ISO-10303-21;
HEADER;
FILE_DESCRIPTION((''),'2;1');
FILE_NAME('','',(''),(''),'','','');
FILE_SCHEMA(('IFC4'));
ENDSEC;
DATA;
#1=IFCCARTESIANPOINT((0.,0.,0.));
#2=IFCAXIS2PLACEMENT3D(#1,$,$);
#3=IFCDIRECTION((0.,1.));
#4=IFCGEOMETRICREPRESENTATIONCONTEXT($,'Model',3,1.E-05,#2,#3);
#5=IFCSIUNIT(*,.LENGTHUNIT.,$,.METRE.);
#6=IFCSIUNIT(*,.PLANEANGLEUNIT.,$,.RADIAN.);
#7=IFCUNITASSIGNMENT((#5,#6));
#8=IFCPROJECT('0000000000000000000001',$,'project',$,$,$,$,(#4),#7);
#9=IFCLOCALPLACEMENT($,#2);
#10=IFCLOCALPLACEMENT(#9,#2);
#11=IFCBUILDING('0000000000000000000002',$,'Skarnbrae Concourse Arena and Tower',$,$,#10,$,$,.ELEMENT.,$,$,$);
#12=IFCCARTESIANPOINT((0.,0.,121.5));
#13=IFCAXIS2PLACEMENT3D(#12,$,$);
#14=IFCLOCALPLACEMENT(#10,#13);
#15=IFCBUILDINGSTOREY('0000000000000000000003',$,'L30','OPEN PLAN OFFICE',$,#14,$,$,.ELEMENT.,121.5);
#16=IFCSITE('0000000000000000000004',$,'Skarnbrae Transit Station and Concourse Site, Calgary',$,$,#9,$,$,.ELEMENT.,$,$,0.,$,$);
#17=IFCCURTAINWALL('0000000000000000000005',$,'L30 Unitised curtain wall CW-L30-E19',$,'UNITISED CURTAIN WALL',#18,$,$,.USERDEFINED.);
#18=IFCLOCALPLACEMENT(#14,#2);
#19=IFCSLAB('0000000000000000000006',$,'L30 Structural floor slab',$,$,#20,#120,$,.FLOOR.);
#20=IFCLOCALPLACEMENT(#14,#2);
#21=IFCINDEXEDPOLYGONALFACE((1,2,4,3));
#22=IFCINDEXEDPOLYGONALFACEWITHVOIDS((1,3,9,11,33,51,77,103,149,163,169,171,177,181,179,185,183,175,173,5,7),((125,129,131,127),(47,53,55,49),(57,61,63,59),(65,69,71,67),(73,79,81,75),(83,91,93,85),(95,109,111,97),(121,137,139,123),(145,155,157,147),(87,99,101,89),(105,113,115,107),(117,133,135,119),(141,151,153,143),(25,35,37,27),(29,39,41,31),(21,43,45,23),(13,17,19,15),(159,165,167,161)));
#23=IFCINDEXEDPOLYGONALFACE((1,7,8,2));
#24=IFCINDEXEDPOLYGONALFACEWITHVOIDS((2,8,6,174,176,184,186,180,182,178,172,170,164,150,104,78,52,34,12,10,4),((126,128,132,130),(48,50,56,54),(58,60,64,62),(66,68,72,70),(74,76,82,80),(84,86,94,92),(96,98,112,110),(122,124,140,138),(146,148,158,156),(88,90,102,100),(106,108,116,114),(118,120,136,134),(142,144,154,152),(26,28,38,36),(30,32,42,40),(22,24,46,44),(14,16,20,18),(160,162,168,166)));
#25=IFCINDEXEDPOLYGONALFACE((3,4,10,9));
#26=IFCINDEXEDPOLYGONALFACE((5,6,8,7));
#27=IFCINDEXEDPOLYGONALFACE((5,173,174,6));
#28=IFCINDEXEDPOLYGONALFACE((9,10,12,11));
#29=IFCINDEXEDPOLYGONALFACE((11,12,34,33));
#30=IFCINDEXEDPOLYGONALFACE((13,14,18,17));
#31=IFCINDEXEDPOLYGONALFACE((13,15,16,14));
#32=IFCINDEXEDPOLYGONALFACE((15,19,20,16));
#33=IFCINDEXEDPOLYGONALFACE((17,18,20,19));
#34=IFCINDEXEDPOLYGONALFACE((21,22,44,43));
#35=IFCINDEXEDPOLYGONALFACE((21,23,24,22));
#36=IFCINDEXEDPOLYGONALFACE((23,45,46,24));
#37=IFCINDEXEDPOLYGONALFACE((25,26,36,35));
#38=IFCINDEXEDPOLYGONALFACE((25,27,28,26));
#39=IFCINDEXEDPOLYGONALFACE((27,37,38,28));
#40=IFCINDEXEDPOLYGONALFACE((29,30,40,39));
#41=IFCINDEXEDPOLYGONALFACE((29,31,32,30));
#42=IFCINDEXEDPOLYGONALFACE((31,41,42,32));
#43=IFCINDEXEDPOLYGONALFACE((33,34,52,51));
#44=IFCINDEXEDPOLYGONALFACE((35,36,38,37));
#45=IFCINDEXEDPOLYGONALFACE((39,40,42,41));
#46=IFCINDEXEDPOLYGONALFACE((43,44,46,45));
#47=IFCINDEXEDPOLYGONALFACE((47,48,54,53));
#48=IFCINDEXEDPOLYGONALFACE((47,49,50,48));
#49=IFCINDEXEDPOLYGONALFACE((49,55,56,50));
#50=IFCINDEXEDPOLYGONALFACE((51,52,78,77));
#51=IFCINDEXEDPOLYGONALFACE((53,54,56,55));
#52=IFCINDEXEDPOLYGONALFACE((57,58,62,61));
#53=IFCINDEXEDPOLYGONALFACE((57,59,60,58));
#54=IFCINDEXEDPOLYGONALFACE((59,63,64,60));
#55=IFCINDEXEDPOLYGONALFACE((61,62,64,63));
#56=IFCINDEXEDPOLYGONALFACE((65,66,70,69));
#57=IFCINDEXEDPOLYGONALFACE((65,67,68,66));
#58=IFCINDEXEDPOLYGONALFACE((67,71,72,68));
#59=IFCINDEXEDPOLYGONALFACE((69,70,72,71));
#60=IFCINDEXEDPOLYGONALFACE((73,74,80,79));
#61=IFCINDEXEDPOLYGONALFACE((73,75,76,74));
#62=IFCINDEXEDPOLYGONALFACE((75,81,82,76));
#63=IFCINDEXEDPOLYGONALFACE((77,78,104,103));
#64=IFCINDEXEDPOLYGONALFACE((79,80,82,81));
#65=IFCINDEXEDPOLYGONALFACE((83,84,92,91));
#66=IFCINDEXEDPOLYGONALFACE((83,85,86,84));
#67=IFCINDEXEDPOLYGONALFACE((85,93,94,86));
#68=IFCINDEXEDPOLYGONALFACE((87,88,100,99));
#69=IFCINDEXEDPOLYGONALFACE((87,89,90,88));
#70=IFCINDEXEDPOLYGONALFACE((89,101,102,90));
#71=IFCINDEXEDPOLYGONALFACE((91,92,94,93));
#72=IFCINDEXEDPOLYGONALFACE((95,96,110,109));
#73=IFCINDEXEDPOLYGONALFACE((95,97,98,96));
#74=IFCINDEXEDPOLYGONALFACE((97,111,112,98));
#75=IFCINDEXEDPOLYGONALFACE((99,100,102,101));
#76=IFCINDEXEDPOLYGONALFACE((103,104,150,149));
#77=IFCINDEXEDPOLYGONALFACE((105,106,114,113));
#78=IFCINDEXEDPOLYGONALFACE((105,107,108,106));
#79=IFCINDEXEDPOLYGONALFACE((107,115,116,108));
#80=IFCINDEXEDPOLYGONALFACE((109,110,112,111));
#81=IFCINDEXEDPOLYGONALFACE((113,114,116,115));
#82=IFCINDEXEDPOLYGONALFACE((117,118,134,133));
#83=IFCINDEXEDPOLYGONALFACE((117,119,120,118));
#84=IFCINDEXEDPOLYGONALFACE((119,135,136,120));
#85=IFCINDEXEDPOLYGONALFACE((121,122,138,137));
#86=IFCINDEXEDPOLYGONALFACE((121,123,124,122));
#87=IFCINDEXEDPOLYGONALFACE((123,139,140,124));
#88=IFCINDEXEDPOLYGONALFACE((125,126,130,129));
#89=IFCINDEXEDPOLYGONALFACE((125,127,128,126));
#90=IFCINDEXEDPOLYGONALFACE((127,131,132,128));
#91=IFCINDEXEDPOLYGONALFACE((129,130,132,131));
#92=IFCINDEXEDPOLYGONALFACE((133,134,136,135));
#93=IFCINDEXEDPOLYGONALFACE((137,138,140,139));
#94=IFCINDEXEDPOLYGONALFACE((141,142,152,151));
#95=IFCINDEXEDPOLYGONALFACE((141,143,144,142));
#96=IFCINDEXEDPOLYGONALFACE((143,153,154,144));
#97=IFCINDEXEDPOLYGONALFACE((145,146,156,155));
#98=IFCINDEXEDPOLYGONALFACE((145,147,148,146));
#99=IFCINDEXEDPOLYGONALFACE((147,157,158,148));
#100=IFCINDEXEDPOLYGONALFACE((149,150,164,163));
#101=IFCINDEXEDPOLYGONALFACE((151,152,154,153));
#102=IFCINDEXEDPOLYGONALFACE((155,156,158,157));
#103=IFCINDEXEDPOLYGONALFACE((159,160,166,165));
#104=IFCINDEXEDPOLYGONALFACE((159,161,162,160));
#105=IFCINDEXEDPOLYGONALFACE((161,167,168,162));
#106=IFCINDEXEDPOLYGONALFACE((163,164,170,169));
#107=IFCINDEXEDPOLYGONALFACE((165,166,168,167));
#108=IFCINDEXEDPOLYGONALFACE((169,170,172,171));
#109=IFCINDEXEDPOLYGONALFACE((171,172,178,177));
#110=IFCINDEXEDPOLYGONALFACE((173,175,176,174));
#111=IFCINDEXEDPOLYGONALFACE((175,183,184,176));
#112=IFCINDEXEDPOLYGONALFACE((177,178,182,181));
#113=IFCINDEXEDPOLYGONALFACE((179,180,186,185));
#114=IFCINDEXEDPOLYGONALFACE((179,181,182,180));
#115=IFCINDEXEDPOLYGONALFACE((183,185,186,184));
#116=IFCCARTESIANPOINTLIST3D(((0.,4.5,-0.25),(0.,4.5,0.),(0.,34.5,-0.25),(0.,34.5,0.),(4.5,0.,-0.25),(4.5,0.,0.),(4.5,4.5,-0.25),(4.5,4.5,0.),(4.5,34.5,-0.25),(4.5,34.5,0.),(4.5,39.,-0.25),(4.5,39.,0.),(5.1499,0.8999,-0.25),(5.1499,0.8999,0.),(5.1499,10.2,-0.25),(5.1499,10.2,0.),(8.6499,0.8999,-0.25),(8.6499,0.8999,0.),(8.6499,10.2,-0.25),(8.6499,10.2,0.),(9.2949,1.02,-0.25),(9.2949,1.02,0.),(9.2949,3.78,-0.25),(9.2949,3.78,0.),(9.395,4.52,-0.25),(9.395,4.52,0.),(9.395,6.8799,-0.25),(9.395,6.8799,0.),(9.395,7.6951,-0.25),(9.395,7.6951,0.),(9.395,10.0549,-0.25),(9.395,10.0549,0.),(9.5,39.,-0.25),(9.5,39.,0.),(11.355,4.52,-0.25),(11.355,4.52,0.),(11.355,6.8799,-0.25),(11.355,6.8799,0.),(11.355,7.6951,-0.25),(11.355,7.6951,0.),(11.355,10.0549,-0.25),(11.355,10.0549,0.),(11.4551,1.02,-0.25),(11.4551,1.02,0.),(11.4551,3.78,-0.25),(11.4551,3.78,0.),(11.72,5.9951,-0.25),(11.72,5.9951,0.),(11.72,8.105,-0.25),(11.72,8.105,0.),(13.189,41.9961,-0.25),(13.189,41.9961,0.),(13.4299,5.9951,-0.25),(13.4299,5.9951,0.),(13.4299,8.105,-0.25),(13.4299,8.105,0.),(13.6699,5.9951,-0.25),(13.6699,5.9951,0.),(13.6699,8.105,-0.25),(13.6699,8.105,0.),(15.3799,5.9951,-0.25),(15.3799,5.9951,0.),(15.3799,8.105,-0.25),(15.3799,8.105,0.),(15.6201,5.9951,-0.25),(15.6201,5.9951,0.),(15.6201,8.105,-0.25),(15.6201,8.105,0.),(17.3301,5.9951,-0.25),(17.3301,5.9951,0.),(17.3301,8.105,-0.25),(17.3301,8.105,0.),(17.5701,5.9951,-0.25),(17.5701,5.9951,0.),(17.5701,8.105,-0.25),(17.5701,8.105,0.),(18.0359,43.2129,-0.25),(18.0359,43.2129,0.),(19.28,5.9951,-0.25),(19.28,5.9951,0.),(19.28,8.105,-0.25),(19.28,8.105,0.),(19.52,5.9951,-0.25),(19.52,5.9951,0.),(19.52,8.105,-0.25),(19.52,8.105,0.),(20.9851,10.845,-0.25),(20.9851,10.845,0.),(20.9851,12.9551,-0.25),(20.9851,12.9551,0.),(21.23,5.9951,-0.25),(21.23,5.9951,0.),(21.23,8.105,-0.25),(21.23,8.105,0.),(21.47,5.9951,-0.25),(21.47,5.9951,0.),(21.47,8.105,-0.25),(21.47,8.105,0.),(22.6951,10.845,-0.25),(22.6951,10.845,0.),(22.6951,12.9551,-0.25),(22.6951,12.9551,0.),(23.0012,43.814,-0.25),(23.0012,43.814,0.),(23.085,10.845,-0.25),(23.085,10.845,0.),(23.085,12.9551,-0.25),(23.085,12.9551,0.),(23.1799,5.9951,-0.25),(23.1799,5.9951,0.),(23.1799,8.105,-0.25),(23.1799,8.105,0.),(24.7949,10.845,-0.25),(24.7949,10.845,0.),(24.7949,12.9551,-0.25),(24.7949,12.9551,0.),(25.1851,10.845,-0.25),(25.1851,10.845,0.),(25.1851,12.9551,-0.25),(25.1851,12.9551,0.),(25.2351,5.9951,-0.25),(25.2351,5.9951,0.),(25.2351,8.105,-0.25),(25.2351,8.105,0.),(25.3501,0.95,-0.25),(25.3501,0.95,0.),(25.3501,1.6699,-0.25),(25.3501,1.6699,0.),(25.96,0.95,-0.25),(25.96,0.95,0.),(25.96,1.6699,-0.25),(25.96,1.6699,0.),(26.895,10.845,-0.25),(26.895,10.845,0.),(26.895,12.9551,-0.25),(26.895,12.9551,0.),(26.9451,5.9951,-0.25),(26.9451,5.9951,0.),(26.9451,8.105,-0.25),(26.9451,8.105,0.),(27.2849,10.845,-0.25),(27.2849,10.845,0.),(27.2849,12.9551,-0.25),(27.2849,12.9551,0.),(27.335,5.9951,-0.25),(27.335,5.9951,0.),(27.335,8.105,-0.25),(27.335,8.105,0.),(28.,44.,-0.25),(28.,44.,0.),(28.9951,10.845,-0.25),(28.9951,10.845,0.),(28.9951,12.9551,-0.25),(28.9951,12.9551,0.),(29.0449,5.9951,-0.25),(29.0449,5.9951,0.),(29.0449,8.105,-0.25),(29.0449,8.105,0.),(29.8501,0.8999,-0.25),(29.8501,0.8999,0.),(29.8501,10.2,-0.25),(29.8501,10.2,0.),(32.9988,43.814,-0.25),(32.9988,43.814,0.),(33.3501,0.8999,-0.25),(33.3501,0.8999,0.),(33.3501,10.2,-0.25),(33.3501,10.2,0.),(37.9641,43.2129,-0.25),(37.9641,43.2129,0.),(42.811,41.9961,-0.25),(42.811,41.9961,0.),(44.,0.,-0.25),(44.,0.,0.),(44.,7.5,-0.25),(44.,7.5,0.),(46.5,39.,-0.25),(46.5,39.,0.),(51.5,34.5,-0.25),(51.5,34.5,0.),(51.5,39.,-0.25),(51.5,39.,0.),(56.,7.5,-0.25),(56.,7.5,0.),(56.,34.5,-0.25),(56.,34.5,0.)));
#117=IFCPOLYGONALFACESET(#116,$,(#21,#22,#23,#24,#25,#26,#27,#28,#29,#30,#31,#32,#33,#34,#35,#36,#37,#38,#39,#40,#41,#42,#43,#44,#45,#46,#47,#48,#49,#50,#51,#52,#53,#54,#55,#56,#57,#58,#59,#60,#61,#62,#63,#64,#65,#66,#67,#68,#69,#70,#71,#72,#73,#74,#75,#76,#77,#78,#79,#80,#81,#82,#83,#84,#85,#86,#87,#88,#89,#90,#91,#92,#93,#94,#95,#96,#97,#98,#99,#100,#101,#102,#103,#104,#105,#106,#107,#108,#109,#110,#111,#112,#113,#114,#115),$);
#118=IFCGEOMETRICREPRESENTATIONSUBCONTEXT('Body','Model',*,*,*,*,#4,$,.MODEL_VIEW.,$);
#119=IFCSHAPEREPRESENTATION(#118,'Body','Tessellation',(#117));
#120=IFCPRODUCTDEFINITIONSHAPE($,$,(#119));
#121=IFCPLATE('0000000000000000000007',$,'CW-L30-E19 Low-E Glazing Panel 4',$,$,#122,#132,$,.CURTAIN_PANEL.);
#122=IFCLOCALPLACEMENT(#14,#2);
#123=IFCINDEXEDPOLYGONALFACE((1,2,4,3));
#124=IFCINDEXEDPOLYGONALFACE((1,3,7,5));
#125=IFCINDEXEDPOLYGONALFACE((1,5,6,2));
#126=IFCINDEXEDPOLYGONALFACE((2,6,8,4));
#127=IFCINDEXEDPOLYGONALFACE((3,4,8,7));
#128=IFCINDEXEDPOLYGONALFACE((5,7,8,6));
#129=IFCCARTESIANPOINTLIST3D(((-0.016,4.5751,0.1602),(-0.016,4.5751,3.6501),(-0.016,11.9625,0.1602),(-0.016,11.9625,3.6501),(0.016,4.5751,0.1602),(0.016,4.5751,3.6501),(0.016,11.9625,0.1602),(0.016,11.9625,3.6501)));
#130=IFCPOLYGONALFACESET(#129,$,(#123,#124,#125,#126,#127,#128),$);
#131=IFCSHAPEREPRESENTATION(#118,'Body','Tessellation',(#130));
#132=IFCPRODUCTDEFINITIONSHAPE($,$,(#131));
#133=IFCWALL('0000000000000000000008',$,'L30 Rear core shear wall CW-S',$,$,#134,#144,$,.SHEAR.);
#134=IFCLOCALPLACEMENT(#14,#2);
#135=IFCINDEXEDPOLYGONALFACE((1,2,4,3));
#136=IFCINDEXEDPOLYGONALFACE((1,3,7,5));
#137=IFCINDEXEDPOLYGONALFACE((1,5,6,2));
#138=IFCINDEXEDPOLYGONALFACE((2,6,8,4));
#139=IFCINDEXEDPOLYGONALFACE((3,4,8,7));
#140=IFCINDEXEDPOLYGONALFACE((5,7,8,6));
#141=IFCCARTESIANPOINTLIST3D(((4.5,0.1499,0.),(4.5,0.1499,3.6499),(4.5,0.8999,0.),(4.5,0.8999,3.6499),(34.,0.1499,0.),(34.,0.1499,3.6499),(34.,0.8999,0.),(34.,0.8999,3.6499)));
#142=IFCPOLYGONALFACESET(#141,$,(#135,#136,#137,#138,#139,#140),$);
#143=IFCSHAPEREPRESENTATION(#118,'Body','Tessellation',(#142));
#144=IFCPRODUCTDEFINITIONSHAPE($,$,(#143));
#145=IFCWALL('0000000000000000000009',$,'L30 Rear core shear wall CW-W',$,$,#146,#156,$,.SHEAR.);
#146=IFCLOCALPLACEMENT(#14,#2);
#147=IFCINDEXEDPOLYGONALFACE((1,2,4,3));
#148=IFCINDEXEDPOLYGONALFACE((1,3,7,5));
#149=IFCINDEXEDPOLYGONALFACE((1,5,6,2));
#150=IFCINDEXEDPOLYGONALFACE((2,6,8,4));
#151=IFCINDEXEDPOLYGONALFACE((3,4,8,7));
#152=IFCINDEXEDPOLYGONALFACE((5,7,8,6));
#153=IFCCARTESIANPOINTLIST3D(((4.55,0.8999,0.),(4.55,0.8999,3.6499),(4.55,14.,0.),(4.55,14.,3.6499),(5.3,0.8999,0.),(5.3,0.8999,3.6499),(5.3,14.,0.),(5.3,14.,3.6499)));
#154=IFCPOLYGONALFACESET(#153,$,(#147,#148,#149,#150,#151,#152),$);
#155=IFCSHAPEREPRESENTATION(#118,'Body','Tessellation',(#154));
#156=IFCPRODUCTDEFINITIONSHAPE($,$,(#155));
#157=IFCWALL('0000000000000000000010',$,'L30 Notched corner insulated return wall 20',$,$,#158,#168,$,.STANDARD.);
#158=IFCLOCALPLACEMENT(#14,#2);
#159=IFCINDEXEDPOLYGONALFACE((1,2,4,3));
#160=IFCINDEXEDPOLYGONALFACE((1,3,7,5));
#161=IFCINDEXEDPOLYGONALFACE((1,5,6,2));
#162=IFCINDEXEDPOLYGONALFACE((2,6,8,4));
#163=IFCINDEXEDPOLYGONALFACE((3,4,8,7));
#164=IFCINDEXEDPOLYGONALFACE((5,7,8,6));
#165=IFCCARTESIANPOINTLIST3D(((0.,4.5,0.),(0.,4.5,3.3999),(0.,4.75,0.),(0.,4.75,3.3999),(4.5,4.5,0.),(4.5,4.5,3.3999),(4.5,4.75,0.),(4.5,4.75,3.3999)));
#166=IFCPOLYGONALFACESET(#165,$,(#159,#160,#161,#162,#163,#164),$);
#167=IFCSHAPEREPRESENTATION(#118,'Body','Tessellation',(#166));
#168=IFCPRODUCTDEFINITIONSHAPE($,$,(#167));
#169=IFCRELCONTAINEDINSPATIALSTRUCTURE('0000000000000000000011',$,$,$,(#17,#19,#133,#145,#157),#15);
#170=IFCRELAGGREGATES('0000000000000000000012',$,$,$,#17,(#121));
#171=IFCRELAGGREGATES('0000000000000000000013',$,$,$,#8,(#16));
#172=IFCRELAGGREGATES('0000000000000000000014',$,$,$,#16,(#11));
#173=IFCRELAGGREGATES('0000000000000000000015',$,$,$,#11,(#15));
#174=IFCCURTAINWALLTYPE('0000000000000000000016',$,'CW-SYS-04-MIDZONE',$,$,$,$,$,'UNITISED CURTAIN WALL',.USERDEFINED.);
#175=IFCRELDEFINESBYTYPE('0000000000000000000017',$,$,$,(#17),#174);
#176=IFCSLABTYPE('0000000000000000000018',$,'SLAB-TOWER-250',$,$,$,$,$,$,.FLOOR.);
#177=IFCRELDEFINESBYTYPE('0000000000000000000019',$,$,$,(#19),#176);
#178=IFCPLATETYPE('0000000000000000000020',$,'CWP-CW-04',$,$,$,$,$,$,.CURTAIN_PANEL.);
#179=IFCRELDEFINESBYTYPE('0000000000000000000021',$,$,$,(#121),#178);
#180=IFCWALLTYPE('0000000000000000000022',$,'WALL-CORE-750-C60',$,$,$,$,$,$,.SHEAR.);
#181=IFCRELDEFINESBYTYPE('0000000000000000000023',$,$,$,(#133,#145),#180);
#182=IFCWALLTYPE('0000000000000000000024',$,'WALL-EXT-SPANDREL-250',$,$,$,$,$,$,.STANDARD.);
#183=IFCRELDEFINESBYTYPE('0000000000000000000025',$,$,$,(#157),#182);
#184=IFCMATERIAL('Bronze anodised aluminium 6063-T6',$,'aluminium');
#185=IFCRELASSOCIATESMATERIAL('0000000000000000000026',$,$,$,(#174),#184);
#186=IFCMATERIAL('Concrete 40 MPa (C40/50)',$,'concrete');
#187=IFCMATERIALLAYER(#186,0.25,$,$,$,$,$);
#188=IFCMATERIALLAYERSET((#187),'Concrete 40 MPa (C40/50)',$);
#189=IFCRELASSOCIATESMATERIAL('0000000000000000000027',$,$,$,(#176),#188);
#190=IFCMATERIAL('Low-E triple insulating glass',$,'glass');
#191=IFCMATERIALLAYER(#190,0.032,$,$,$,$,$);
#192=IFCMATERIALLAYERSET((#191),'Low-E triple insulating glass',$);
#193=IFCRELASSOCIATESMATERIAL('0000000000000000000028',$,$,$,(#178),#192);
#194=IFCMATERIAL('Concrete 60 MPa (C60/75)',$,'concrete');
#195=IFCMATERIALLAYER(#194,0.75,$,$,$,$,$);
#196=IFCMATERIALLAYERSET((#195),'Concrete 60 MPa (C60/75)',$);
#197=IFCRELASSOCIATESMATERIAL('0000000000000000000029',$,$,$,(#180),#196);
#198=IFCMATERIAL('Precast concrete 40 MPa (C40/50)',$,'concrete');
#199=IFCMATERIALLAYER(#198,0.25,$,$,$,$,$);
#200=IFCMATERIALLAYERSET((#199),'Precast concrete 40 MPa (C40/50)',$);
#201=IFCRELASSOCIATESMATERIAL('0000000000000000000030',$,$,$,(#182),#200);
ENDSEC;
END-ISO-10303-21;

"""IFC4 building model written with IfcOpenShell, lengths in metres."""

from ifc_helpers import new_model, si_unit, direction, frame, frame_2d, origin, origin_2d, place, context, subcontext, project, spatial, polyline, rectangle, outline, extrude, source, transform, mapped, material, layer, layer_set, type_object, element, aggregate, save


model = new_model("IFC4")

# Units and contexts
model_context = context("Model", 3, precision=1e-05, world=origin(), true_north=direction((0.0, 1.0)))
body_context = subcontext(model_context, "Body", "Model", "MODEL_VIEW")
ifc_project = project(units=[si_unit("LENGTHUNIT", "METRE"), si_unit("PLANEANGLEUNIT", "RADIAN")], contexts=[model_context])

# Site, building, storey
site_placement = place(None, origin())
site = spatial("IfcSite", under=ifc_project, at=site_placement, Name="Skarnbrae Transit Station and Concourse Site, Calgary", CompositionType="ELEMENT", RefElevation=0.0)
building_placement = place(site_placement, origin())
building = spatial("IfcBuilding", under=site, at=building_placement, Name="Skarnbrae Concourse Arena and Tower", CompositionType="ELEMENT")
storey_placement = place(building_placement, frame((0.0, 0.0, 121.5)))
storey = spatial("IfcBuildingStorey", under=building, at=storey_placement, Name="L30", Description="OPEN PLAN OFFICE", CompositionType="ELEMENT", Elevation=121.5)

# Curtain wall
ifc_material_1 = material(Name="Bronze anodised aluminium 6063-T6", Category="aluminium")
curtain_wall_type = type_object("IfcCurtainWallType", Name="CW-SYS-04-MIDZONE", ElementType="UNITISED CURTAIN WALL", PredefinedType="USERDEFINED", material=ifc_material_1)
curtain_wall_placement = place(storey_placement, origin())
curtain_wall = element("IfcCurtainWall", 1, at=curtain_wall_placement, inside=storey, type_object=curtain_wall_type, Name="L30 Unitised curtain wall CW-L30-E19", ObjectType="UNITISED CURTAIN WALL", PredefinedType="USERDEFINED")

# Shared definitions
ifc_material_2 = material(Name="Concrete 40 MPa (C40/50)", Category="concrete")

# Slab
ifc_layer_1 = layer(ifc_material_2, 0.25)
ifc_layer_set_1 = layer_set([ifc_layer_1], Name="Concrete 40 MPa (C40/50)")
slab_type_1 = type_object("IfcSlabType", Name="SLAB-TOWER-250", PredefinedType="FLOOR", material=ifc_layer_set_1)
slab_1_placement = place(storey_placement, frame((0.0, 0.0, -0.25)))
element("IfcSlab", 2, at=slab_1_placement, inside=storey, type_object=slab_type_1, Name="L30 Structural floor slab", PredefinedType="FLOOR", context=body_context, shape_type="SweptSolid", body=[
    extrude(outline(polyline([(4.5, 0.0), (44.0, 0.0), (44.0, 7.5), (56.0, 7.5), (56.0, 34.5), (51.5, 34.5), (51.5, 39.0), (46.5, 39.0), (42.811, 41.9961), (37.9641, 43.2129), (32.9988, 43.814), (28.0, 44.0), (23.0012, 43.814), (18.0359, 43.2129), (13.189, 41.9961), (9.5, 39.0), (4.5, 39.0), (4.5, 34.5), (0.0, 34.5), (0.0, 4.5), (4.5, 4.5), (4.5, 0.0)]), holes=[polyline([(9.2949, 3.78), (11.4551, 3.78), (11.4551, 1.02), (9.2949, 1.02), (9.2949, 3.78)]), polyline([(8.6499, 10.2), (8.6499, 0.8999), (5.1499, 0.8999), (5.1499, 10.2), (8.6499, 10.2)]), polyline([(9.395, 6.8799), (11.355, 6.8799), (11.355, 4.52), (9.395, 4.52), (9.395, 6.8799)]), polyline([(11.72, 8.105), (13.4299, 8.105), (13.4299, 5.9951), (11.72, 5.9951), (11.72, 8.105)]), polyline([(13.6699, 8.105), (15.3799, 8.105), (15.3799, 5.9951), (13.6699, 5.9951), (13.6699, 8.105)]), polyline([(15.6201, 8.105), (17.3301, 8.105), (17.3301, 5.9951), (15.6201, 5.9951), (15.6201, 8.105)]), polyline([(17.5701, 8.105), (19.28, 8.105), (19.28, 5.9951), (17.5701, 5.9951), (17.5701, 8.105)]), polyline([(21.23, 8.105), (21.23, 5.9951), (19.52, 5.9951), (19.52, 8.105), (21.23, 8.105)]), polyline([(11.355, 10.0549), (11.355, 7.6951), (9.395, 7.6951), (9.395, 10.0549), (11.355, 10.0549)]), polyline([(25.3501, 1.6699), (25.96, 1.6699), (25.96, 0.95), (25.3501, 0.95), (25.3501, 1.6699)]), polyline([(33.3501, 10.2), (33.3501, 0.8999), (29.8501, 0.8999), (29.8501, 10.2), (33.3501, 10.2)]), polyline([(21.47, 8.105), (23.1799, 8.105), (23.1799, 5.9951), (21.47, 5.9951), (21.47, 8.105)]), polyline([(25.2351, 8.105), (26.9451, 8.105), (26.9451, 5.9951), (25.2351, 5.9951), (25.2351, 8.105)]), polyline([(27.335, 8.105), (29.0449, 8.105), (29.0449, 5.9951), (27.335, 5.9951), (27.335, 8.105)]), polyline([(20.9851, 12.9551), (22.6951, 12.9551), (22.6951, 10.845), (20.9851, 10.845), (20.9851, 12.9551)]), polyline([(23.085, 12.9551), (24.7949, 12.9551), (24.7949, 10.845), (23.085, 10.845), (23.085, 12.9551)]), polyline([(26.895, 12.9551), (26.895, 10.845), (25.1851, 10.845), (25.1851, 12.9551), (26.895, 12.9551)]), polyline([(28.9951, 12.9551), (28.9951, 10.845), (27.2849, 10.845), (27.2849, 12.9551), (28.9951, 12.9551)])]), origin(), (0.0, 0.0, 1.0), 0.25),
])

# Plate
ifc_material_3 = material(Name="Low-E triple insulating glass", Category="glass")
ifc_layer_2 = layer(ifc_material_3, 0.032)
ifc_layer_set_2 = layer_set([ifc_layer_2], Name="Low-E triple insulating glass")
plate_type = type_object("IfcPlateType", Name="CWP-CW-04", PredefinedType="CURTAIN_PANEL", material=ifc_layer_set_2)
shared_shape_1 = source(origin(), body_context, "Body", "SweptSolid", [
    extrude(rectangle(XDim=7.3875, YDim=0.032, at=origin_2d()), origin(), (0.0, 0.0, 1.0), 3.49),
])
plate_placement = place(storey_placement, frame((0.0, 8.2688, 0.1602), z_axis=(0.0, 0.0, 1.0), x_axis=(0.0, -1.0, 0.0)))
plate = element("IfcPlate", 3, at=plate_placement, type_object=plate_type, Name="CW-L30-E19 Low-E Glazing Panel 4", PredefinedType="CURTAIN_PANEL", context=body_context, shape_type="MappedRepresentation", body=[
    mapped(shared_shape_1, transform((0.0, 0.0, 0.0))),
])
aggregate(curtain_wall, [plate])

# Walls
ifc_material_4 = material(Name="Concrete 60 MPa (C60/75)", Category="concrete")
ifc_layer_3 = layer(ifc_material_4, 0.75)
ifc_layer_set_3 = layer_set([ifc_layer_3], Name="Concrete 60 MPa (C60/75)")
wall_type_1 = type_object("IfcWallType", Name="WALL-CORE-750-C60", PredefinedType="SHEAR", material=ifc_layer_set_3)
shared_shape_2 = source(origin(), body_context, "Body", "SweptSolid", [
    extrude(rectangle(XDim=29.5, YDim=0.75, at=frame_2d((14.75, 0.0))), origin(), (0.0, 0.0, 1.0), 3.6499),
])
wall_1_placement = place(storey_placement, frame((4.5, 0.5249, 0.0), z_axis=(0.0, 0.0, 1.0), x_axis=(1.0, 0.0, 0.0)))
element("IfcWall", 4, at=wall_1_placement, inside=storey, type_object=wall_type_1, Name="L30 Rear core shear wall CW-S", PredefinedType="SHEAR", context=body_context, shape_type="MappedRepresentation", body=[
    mapped(shared_shape_2, transform((0.0, 0.0, 0.0))),
])
shared_shape_3 = source(origin(), body_context, "Body", "SweptSolid", [
    extrude(rectangle(XDim=13.1001, YDim=0.75, at=frame_2d((6.55, 0.0))), origin(), (0.0, 0.0, 1.0), 3.6499),
])
wall_2_placement = place(storey_placement, frame((4.925, 0.8999, 0.0), z_axis=(0.0, 0.0, 1.0), x_axis=(0.0, 1.0, 0.0)))
element("IfcWall", 5, at=wall_2_placement, inside=storey, type_object=wall_type_1, Name="L30 Rear core shear wall CW-W", PredefinedType="SHEAR", context=body_context, shape_type="MappedRepresentation", body=[
    mapped(shared_shape_3, transform((0.0, 0.0, 0.0))),
])
ifc_material_5 = material(Name="Precast concrete 40 MPa (C40/50)", Category="concrete")
ifc_layer_4 = layer(ifc_material_5, 0.25)
ifc_layer_set_4 = layer_set([ifc_layer_4], Name="Precast concrete 40 MPa (C40/50)")
wall_type_2 = type_object("IfcWallType", Name="WALL-EXT-SPANDREL-250", PredefinedType="STANDARD", material=ifc_layer_set_4)
shared_shape_4 = source(origin(), body_context, "Body", "SweptSolid", [
    extrude(rectangle(XDim=4.5, YDim=0.25, at=frame_2d((2.25, 0.0))), origin(), (0.0, 0.0, 1.0), 3.3999),
])
wall_3_placement = place(storey_placement, frame((0.0, 4.625, 0.0), z_axis=(0.0, 0.0, 1.0), x_axis=(1.0, 0.0, 0.0)))
element("IfcWall", 6, at=wall_3_placement, inside=storey, type_object=wall_type_2, Name="L30 Notched corner insulated return wall 20", PredefinedType="STANDARD", context=body_context, shape_type="MappedRepresentation", body=[
    mapped(shared_shape_4, transform((0.0, 0.0, 0.0))),
])

save(model, "model.ifc")
